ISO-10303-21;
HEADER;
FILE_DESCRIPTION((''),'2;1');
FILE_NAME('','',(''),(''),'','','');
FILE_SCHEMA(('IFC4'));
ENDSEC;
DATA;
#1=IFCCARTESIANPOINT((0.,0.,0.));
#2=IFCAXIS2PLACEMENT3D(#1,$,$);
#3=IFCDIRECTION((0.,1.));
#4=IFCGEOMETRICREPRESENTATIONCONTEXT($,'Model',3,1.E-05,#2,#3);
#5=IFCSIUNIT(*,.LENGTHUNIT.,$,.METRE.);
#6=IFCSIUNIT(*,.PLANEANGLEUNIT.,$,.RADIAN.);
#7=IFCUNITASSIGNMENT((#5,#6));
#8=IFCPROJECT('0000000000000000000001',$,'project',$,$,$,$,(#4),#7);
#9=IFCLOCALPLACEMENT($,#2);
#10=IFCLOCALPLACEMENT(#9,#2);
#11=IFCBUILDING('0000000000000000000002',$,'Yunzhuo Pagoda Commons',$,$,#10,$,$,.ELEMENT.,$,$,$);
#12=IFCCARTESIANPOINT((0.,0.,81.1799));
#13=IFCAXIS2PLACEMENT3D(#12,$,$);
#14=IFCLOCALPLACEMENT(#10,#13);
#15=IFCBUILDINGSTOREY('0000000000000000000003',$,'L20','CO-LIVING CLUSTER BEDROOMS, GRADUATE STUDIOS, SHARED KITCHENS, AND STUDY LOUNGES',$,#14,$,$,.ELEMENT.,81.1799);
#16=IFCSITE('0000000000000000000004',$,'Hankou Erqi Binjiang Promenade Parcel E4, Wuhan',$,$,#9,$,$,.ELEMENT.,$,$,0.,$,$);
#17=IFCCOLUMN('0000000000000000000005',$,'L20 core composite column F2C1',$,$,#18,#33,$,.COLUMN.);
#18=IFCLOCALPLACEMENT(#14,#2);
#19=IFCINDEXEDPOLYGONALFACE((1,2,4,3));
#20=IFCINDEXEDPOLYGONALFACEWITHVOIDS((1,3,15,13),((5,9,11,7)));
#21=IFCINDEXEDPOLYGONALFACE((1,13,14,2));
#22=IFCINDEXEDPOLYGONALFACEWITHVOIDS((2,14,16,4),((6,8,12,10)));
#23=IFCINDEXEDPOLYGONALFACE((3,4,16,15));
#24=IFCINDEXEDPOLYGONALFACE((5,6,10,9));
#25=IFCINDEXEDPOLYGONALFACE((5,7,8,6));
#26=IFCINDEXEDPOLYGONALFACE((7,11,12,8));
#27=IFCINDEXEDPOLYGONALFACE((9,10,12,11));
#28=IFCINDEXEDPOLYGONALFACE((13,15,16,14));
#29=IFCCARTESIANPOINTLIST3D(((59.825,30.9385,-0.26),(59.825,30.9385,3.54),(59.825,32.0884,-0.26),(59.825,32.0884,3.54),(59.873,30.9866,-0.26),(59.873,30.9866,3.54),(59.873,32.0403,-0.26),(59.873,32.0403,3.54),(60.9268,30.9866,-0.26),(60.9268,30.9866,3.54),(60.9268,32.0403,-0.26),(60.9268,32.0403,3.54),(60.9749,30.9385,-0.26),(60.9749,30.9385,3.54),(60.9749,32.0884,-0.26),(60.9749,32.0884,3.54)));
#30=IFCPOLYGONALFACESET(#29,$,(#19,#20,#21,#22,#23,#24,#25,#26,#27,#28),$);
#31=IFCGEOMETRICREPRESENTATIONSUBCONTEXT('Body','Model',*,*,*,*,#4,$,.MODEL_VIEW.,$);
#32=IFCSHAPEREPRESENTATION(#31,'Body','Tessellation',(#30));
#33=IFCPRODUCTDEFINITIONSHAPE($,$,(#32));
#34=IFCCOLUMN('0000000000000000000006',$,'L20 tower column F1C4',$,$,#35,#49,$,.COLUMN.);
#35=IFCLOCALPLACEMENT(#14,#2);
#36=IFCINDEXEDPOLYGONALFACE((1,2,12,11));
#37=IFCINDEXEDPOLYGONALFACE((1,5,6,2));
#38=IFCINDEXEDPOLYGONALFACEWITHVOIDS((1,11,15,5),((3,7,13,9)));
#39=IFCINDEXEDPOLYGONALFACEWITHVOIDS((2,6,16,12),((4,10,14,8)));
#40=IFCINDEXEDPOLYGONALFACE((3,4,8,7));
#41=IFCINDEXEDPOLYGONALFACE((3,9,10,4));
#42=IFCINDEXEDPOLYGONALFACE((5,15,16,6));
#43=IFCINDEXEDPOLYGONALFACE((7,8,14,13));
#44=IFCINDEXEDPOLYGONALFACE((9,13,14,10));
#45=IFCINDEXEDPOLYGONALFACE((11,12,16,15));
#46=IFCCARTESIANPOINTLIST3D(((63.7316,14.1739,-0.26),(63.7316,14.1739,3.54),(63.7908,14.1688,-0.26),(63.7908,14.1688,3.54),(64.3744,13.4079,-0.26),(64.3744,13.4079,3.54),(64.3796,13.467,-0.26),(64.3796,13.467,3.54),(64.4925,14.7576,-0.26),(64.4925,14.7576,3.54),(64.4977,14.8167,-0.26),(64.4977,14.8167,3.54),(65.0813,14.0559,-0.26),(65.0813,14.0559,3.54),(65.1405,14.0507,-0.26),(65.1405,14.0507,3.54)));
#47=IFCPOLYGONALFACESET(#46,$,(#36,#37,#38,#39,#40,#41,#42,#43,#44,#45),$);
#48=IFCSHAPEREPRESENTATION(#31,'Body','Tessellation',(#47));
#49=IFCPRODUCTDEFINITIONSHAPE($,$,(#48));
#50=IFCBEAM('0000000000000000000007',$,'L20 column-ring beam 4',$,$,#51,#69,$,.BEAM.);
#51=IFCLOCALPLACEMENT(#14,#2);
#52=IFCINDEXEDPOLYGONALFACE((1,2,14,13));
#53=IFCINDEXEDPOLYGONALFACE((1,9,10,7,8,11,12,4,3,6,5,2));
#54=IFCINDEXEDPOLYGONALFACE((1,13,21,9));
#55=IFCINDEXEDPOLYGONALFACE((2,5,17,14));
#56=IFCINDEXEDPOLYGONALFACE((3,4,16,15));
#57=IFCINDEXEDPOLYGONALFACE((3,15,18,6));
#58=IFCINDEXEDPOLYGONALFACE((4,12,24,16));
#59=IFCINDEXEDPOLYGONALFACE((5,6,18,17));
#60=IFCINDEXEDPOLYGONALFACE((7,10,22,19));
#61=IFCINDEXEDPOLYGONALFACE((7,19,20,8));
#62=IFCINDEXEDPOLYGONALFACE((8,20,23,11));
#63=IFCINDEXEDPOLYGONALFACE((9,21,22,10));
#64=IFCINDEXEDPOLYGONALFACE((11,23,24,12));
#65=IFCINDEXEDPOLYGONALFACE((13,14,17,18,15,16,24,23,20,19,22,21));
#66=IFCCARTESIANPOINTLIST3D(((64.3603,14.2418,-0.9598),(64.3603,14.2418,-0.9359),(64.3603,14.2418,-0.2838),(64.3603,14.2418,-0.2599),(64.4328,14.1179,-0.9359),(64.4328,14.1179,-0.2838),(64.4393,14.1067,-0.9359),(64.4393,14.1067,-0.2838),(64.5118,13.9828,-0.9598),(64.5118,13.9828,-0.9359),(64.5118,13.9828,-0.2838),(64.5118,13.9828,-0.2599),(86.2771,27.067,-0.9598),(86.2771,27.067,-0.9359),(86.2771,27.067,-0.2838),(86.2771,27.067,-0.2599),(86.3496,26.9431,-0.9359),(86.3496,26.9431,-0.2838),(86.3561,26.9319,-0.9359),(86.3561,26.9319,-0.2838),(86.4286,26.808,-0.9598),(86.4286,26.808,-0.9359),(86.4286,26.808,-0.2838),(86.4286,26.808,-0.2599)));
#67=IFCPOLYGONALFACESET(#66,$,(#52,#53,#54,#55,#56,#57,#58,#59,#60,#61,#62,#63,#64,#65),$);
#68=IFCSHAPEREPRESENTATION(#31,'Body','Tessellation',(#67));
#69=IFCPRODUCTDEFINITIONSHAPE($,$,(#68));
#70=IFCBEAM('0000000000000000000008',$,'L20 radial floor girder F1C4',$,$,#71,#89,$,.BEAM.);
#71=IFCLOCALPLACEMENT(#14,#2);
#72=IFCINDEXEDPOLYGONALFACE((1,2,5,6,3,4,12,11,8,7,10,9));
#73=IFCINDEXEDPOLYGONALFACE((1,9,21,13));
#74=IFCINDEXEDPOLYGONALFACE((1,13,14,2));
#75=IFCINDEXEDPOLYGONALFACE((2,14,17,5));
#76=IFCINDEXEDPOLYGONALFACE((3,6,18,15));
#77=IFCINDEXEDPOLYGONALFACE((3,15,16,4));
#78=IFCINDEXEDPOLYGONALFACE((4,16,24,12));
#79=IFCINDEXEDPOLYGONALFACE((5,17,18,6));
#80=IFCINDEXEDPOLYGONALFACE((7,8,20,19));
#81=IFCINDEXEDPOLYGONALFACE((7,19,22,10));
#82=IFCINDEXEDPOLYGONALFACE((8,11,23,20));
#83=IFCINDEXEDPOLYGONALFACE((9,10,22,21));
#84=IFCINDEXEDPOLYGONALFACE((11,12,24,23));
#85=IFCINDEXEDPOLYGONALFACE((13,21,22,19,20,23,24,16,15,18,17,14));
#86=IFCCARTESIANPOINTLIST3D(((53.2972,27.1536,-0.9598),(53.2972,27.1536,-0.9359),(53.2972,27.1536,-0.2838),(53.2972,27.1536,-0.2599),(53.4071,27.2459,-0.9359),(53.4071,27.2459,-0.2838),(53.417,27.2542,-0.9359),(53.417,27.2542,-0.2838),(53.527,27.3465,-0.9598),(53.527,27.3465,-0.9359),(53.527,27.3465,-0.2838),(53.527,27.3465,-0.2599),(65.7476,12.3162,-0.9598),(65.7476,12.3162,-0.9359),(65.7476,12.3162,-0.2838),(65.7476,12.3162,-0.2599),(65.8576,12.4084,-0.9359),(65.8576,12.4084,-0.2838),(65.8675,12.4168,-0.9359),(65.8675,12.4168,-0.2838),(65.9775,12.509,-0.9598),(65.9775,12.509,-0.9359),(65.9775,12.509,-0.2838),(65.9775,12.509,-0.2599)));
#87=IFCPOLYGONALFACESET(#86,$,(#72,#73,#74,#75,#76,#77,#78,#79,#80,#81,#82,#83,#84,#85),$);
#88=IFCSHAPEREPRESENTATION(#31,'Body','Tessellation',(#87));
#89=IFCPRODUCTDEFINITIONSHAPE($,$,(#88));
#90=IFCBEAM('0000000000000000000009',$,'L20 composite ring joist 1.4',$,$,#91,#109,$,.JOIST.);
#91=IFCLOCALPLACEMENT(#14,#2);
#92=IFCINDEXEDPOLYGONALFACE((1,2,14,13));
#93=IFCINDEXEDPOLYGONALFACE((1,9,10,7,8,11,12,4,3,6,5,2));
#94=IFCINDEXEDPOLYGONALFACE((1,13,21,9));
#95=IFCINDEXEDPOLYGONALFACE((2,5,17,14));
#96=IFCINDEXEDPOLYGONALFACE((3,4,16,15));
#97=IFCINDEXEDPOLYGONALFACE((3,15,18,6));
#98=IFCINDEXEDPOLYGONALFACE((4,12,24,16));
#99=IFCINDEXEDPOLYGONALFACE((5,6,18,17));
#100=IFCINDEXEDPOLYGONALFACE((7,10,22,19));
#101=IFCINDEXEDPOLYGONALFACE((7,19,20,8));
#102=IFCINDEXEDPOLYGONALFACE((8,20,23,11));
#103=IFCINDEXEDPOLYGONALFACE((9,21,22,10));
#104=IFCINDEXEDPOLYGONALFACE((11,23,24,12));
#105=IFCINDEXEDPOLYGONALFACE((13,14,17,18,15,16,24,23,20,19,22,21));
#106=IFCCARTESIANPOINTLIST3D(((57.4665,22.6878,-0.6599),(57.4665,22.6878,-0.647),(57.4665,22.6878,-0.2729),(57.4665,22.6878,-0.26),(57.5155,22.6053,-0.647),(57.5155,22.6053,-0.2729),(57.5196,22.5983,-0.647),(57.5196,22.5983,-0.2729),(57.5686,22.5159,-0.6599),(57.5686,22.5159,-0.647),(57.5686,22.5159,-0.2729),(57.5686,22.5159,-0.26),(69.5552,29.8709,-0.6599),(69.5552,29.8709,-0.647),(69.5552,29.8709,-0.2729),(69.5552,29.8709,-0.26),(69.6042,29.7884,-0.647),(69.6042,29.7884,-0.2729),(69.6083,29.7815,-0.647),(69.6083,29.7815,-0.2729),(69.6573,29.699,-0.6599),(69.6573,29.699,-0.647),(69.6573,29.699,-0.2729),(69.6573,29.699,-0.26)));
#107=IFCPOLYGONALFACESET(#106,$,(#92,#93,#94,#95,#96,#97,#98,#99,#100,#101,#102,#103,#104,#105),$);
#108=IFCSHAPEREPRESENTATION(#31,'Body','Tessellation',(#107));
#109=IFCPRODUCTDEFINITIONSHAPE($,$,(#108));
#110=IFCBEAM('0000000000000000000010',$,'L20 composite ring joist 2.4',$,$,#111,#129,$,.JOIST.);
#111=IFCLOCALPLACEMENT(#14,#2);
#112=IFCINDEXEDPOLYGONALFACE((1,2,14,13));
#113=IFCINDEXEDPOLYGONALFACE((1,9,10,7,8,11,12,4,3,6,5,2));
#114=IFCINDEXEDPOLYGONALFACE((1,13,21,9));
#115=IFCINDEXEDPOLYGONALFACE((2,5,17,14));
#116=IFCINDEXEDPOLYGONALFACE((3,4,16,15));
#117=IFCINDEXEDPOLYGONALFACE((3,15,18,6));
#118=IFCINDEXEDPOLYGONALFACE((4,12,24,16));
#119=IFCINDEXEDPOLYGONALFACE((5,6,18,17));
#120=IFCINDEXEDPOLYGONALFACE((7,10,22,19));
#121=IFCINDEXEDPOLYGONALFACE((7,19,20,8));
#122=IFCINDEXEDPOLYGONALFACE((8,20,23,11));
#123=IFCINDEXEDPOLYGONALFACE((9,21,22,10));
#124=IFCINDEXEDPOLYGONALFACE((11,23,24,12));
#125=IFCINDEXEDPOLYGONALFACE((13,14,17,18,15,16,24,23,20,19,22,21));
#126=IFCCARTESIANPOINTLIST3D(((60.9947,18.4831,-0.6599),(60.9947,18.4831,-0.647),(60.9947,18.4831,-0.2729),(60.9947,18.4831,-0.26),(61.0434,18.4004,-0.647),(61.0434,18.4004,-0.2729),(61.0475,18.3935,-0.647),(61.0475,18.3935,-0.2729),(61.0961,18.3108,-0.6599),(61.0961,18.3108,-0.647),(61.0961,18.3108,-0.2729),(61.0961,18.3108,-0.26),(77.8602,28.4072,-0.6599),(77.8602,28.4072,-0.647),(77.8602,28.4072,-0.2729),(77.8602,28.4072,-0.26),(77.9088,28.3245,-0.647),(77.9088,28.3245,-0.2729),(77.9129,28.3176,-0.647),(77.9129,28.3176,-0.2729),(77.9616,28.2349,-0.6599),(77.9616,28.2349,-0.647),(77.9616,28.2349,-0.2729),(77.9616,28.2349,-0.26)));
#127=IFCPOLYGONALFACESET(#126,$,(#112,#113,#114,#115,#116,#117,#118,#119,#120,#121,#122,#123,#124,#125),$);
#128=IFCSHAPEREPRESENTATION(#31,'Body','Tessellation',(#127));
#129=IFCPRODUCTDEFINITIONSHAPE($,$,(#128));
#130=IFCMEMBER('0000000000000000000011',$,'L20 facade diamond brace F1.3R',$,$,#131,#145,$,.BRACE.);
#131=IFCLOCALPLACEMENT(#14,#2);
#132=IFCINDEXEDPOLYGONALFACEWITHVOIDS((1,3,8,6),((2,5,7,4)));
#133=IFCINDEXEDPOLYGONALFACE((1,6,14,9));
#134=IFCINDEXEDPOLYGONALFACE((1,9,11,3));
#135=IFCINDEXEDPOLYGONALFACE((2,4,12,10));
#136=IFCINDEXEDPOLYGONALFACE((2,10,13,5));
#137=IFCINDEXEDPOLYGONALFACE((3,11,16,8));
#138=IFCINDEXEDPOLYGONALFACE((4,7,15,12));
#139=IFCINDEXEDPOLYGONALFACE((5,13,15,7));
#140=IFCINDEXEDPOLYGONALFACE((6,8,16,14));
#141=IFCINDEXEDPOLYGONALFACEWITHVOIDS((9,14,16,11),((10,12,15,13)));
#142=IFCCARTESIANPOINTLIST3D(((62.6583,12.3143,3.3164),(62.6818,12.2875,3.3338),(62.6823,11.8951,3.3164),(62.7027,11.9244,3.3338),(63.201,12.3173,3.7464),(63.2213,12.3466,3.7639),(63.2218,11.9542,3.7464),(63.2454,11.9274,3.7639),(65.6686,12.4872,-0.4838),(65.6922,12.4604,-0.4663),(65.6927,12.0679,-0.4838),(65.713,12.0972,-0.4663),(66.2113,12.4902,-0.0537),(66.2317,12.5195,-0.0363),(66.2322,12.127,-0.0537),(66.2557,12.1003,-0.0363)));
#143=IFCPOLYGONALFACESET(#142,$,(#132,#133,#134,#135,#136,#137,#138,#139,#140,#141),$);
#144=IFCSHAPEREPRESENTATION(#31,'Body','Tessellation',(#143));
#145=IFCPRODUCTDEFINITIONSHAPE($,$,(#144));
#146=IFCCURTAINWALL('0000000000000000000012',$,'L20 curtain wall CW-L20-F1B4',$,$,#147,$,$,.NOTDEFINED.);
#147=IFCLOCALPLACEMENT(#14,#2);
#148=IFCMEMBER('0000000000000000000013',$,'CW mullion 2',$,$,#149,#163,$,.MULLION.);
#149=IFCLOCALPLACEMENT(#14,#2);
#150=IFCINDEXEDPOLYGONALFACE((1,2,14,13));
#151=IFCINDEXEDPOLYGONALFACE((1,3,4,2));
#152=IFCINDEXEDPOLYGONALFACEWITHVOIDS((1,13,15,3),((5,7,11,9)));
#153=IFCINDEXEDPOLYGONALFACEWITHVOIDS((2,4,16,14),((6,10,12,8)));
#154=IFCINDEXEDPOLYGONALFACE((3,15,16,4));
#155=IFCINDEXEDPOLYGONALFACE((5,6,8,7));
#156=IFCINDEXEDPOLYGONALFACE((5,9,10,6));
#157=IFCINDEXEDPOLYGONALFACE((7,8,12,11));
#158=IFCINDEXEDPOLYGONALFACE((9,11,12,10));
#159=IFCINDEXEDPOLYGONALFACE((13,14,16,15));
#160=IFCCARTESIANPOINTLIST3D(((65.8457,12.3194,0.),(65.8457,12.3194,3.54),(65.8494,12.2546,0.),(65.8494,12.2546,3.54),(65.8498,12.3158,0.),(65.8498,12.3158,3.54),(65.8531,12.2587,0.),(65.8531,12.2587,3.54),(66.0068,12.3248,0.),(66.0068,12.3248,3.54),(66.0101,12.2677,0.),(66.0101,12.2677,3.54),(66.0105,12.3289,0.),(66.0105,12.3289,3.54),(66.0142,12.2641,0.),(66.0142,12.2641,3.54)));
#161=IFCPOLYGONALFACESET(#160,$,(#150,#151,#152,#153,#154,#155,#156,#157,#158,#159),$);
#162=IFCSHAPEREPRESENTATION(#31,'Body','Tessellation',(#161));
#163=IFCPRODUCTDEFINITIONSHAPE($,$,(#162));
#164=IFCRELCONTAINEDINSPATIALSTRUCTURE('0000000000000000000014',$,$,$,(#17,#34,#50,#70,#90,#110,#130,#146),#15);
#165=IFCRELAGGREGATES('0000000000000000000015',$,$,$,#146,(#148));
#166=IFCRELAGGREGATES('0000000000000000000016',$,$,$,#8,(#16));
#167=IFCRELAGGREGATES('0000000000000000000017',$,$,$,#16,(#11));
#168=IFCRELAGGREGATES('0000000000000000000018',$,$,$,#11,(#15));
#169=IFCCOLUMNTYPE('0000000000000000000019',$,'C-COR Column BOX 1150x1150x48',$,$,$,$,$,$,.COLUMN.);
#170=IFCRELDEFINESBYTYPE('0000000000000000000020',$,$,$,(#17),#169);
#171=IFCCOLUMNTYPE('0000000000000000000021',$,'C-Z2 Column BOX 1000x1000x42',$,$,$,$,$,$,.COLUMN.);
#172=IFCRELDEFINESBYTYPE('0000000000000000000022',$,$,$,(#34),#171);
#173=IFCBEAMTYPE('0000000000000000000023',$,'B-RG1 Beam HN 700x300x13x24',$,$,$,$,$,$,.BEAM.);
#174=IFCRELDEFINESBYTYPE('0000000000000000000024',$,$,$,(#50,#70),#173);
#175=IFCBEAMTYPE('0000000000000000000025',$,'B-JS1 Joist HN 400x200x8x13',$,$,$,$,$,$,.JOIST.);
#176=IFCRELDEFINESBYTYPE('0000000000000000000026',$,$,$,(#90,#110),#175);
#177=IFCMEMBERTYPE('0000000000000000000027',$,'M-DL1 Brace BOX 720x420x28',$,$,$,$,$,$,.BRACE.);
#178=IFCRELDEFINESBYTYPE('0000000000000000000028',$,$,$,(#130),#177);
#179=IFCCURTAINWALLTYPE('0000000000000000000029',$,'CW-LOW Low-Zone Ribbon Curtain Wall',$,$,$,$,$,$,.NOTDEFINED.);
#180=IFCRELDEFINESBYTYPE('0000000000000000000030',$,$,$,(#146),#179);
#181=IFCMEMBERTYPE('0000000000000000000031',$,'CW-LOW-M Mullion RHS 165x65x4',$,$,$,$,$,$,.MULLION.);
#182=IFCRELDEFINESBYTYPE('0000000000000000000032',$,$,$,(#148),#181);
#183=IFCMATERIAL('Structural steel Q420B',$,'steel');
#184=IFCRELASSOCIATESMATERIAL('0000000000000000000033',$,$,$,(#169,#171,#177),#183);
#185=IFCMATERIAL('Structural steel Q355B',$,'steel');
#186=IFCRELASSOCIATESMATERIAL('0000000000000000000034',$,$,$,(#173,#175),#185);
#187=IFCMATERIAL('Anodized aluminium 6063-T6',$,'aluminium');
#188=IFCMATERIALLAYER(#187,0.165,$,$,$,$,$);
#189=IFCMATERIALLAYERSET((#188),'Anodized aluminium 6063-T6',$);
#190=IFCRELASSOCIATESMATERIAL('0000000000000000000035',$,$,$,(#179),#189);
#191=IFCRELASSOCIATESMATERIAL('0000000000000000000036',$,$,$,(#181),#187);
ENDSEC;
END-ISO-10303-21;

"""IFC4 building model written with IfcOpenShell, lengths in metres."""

from ifc_helpers import new_model, si_unit, direction, frame, origin, origin_2d, place, context, subcontext, project, spatial, hollow_rectangle, i_section, extrude, source, transform, mapped, material, layer, layer_set, material_profile, profile_set, type_object, element, aggregate, save


model = new_model("IFC4")

# Units and contexts
model_context = context("Model", 3, precision=1e-05, world=origin(), true_north=direction((0.0, 1.0)))
body_context = subcontext(model_context, "Body", "Model", "MODEL_VIEW")
ifc_project = project(units=[si_unit("LENGTHUNIT", "METRE"), si_unit("PLANEANGLEUNIT", "RADIAN")], contexts=[model_context])

# Site, building, storey
site_placement = place(None, origin())
site = spatial("IfcSite", under=ifc_project, at=site_placement, Name="Hankou Erqi Binjiang Promenade Parcel E4, Wuhan", CompositionType="ELEMENT", RefElevation=0.0)
building_placement = place(site_placement, origin())
building = spatial("IfcBuilding", under=site, at=building_placement, Name="Yunzhuo Pagoda Commons", CompositionType="ELEMENT")
storey_placement = place(building_placement, frame((0.0, 0.0, 81.1799)))
storey = spatial("IfcBuildingStorey", under=building, at=storey_placement, Name="L20", Description="CO-LIVING CLUSTER BEDROOMS, GRADUATE STUDIOS, SHARED KITCHENS, AND STUDY LOUNGES", CompositionType="ELEMENT", Elevation=81.1799)

# Columns
ifc_material_1 = material(Name="Structural steel Q420B", Category="steel")
ifc_material_profile_1 = material_profile(ifc_material_1, hollow_rectangle(XDim=1.1499, YDim=1.1499, WallThickness=0.0481, at=origin_2d()), Name="Structural steel Q420B")
ifc_profile_set_1 = profile_set([ifc_material_profile_1], Name="Structural steel Q420B")
column_type_1 = type_object("IfcColumnType", Name="C-COR Column BOX 1150x1150x48", PredefinedType="COLUMN", material=ifc_profile_set_1)
shared_shape_1 = source(origin(), body_context, "Body", "SweptSolid", [
    extrude(hollow_rectangle(XDim=1.1499, YDim=1.1499, WallThickness=0.0481, at=origin_2d()), origin(), (0.0, 0.0, 1.0), 3.8),
])
column_1_placement = place(storey_placement, frame((60.3999, 31.5134, -0.26), z_axis=(0.0, 0.0, 1.0), x_axis=(1.0, 0.0, 0.0)))
element("IfcColumn", 1, at=column_1_placement, inside=storey, type_object=column_type_1, Name="L20 core composite column F2C1", PredefinedType="COLUMN", context=body_context, shape_type="MappedRepresentation", body=[
    mapped(shared_shape_1, transform((0.0, 0.0, 0.0), scale=1.0)),
])
ifc_material_profile_2 = material_profile(ifc_material_1, hollow_rectangle(XDim=1.0, YDim=1.0, WallThickness=0.042, at=origin_2d()), Name="Structural steel Q420B")
ifc_profile_set_2 = profile_set([ifc_material_profile_2], Name="Structural steel Q420B")
column_type_2 = type_object("IfcColumnType", Name="C-Z2 Column BOX 1000x1000x42", PredefinedType="COLUMN", material=ifc_profile_set_2)
shared_shape_2 = source(origin(), body_context, "Body", "SweptSolid", [
    extrude(hollow_rectangle(XDim=1.0, YDim=1.0, WallThickness=0.042, at=origin_2d()), origin(), (0.0, 0.0, 1.0), 3.8),
])
column_2_placement = place(storey_placement, frame((64.436, 14.1123, -0.26), z_axis=(0.0, 0.0, 1.0), x_axis=(0.766044, 0.642788, 0.0)))
element("IfcColumn", 2, at=column_2_placement, inside=storey, type_object=column_type_2, Name="L20 tower column F1C4", PredefinedType="COLUMN", context=body_context, shape_type="MappedRepresentation", body=[
    mapped(shared_shape_2, transform((0.0, 0.0, 0.0), scale=1.0)),
])

# Beams
ifc_material_2 = material(Name="Structural steel Q355B", Category="steel")
ifc_material_profile_3 = material_profile(ifc_material_2, i_section(OverallWidth=0.3, OverallDepth=0.7, WebThickness=0.0129, FlangeThickness=0.0239, at=origin_2d()), Name="Structural steel Q355B")
ifc_profile_set_3 = profile_set([ifc_material_profile_3], Name="Structural steel Q355B")
beam_type_1 = type_object("IfcBeamType", Name="B-RG1 Beam HN 700x300x13x24", PredefinedType="BEAM", material=ifc_profile_set_3)
shared_shape_3 = source(origin(), body_context, "Body", "SweptSolid", [
    extrude(i_section(OverallWidth=0.3, OverallDepth=0.7, WebThickness=0.0129, FlangeThickness=0.0239, at=origin_2d()), origin(), (0.0, 0.0, 1.0), 25.3936),
])
beam_1_placement = place(storey_placement, frame((64.436, 14.1123, -0.6099), z_axis=(0.863085, 0.505058, 0.0), x_axis=(-0.505058, 0.863085, 0.0)))
element("IfcBeam", 3, at=beam_1_placement, inside=storey, type_object=beam_type_1, Name="L20 column-ring beam 4", PredefinedType="BEAM", context=body_context, shape_type="MappedRepresentation", body=[
    mapped(shared_shape_3, transform((0.0, 0.0, 0.0), scale=1.0)),
])
shared_shape_4 = source(origin(), body_context, "Body", "SweptSolid", [
    extrude(i_section(OverallWidth=0.3, OverallDepth=0.7, WebThickness=0.0129, FlangeThickness=0.0239, at=origin_2d()), origin(), (0.0, 0.0, 1.0), 19.3691),
])
beam_2_placement = place(storey_placement, frame((65.8625, 12.4126, -0.6099), z_axis=(-0.642799, 0.766035, 0.0), x_axis=(-0.766035, -0.642799, 0.0)))
element("IfcBeam", 4, at=beam_2_placement, inside=storey, type_object=beam_type_1, Name="L20 radial floor girder F1C4", PredefinedType="BEAM", context=body_context, shape_type="MappedRepresentation", body=[
    mapped(shared_shape_4, transform((0.0, 0.0, 0.0), scale=1.0)),
])
ifc_material_profile_4 = material_profile(ifc_material_2, i_section(OverallWidth=0.2, OverallDepth=0.3999, WebThickness=0.0081, FlangeThickness=0.0129, at=origin_2d()), Name="Structural steel Q355B")
ifc_profile_set_4 = profile_set([ifc_material_profile_4], Name="Structural steel Q355B")
beam_type_2 = type_object("IfcBeamType", Name="B-JS1 Joist HN 400x200x8x13", PredefinedType="JOIST", material=ifc_profile_set_4)
shared_shape_5 = source(origin(), body_context, "Body", "SweptSolid", [
    extrude(i_section(OverallWidth=0.2, OverallDepth=0.3999, WebThickness=0.0081, FlangeThickness=0.0129, at=origin_2d()), origin(), (0.0, 0.0, 1.0), 14.0618),
])
beam_3_placement = place(storey_placement, frame((57.5176, 22.6018, -0.46), z_axis=(0.859683, 0.510827, 0.0), x_axis=(-0.510827, 0.859683, 0.0)))
element("IfcBeam", 5, at=beam_3_placement, inside=storey, type_object=beam_type_2, Name="L20 composite ring joist 1.4", PredefinedType="JOIST", context=body_context, shape_type="MappedRepresentation", body=[
    mapped(shared_shape_5, transform((0.0, 0.0, 0.0), scale=1.0)),
])
shared_shape_6 = source(origin(), body_context, "Body", "SweptSolid", [
    extrude(i_section(OverallWidth=0.2, OverallDepth=0.3999, WebThickness=0.0081, FlangeThickness=0.0129, at=origin_2d()), origin(), (0.0, 0.0, 1.0), 19.5686),
])
beam_4_placement = place(storey_placement, frame((61.0454, 18.397, -0.46), z_axis=(0.861863, 0.507142, 0.0), x_axis=(-0.507142, 0.861863, 0.0)))
element("IfcBeam", 6, at=beam_4_placement, inside=storey, type_object=beam_type_2, Name="L20 composite ring joist 2.4", PredefinedType="JOIST", context=body_context, shape_type="MappedRepresentation", body=[
    mapped(shared_shape_6, transform((0.0, 0.0, 0.0), scale=1.0)),
])

# Member
ifc_material_profile_5 = material_profile(ifc_material_1, hollow_rectangle(XDim=0.4199, YDim=0.72, WallThickness=0.0281, at=origin_2d()), Name="Structural steel Q420B")
ifc_profile_set_5 = profile_set([ifc_material_profile_5], Name="Structural steel Q420B")
member_type_1 = type_object("IfcMemberType", Name="M-DL1 Brace BOX 720x420x28", PredefinedType="BRACE", material=ifc_profile_set_5)
shared_shape_7 = source(origin(), body_context, "Body", "SweptSolid", [
    extrude(hollow_rectangle(XDim=0.4199, YDim=0.72, WallThickness=0.0281, at=origin_2d()), origin(), (0.0, 0.0, 1.0), 4.8511),
])
member_1_placement = place(storey_placement, frame((65.9622, 12.2937, -0.26), z_axis=(-0.620547, -0.035632, 0.783359), x_axis=(0.057326, -0.998355, 0.0)))
element("IfcMember", 7, at=member_1_placement, inside=storey, type_object=member_type_1, Name="L20 facade diamond brace F1.3R", PredefinedType="BRACE", context=body_context, shape_type="MappedRepresentation", body=[
    mapped(shared_shape_7, transform((0.0, 0.0, 0.0), scale=1.0)),
])

# Curtain wall, member
ifc_material_3 = material(Name="Anodized aluminium 6063-T6", Category="aluminium")
ifc_layer_1 = layer(ifc_material_3, 0.165)
ifc_layer_set_1 = layer_set([ifc_layer_1], Name="Anodized aluminium 6063-T6")
curtain_wall_type = type_object("IfcCurtainWallType", Name="CW-LOW Low-Zone Ribbon Curtain Wall", PredefinedType="NOTDEFINED", material=ifc_layer_set_1)
curtain_wall_1_placement = place(storey_placement, origin())
curtain_wall_1 = element("IfcCurtainWall", 8, at=curtain_wall_1_placement, inside=storey, type_object=curtain_wall_type, Name="L20 curtain wall CW-L20-F1B4", PredefinedType="NOTDEFINED")
ifc_material_profile_6 = material_profile(ifc_material_3, hollow_rectangle(XDim=0.0649, YDim=0.165, WallThickness=0.0039, at=origin_2d()), Name="Anodized aluminium 6063-T6")
ifc_profile_set_6 = profile_set([ifc_material_profile_6], Name="Anodized aluminium 6063-T6")
member_type_2 = type_object("IfcMemberType", Name="CW-LOW-M Mullion RHS 165x65x4", PredefinedType="MULLION", material=ifc_profile_set_6)
shared_shape_8 = source(origin(), body_context, "Body", "SweptSolid", [
    extrude(hollow_rectangle(XDim=0.0649, YDim=0.165, WallThickness=0.0039, at=origin_2d()), origin(), (0.0, 0.0, 1.0), 3.54),
])
member_2_placement = place(storey_placement, frame((65.9299, 12.2917, 0.0), z_axis=(0.0, 0.0, 1.0), x_axis=(-0.057418, 0.99835, 0.0)))
member_2 = element("IfcMember", 9, at=member_2_placement, type_object=member_type_2, Name="CW mullion 2", PredefinedType="MULLION", context=body_context, shape_type="MappedRepresentation", body=[
    mapped(shared_shape_8, transform((0.0, 0.0, 0.0), scale=1.0)),
])

aggregate(curtain_wall_1, [member_2])

save(model, "model.ifc")
